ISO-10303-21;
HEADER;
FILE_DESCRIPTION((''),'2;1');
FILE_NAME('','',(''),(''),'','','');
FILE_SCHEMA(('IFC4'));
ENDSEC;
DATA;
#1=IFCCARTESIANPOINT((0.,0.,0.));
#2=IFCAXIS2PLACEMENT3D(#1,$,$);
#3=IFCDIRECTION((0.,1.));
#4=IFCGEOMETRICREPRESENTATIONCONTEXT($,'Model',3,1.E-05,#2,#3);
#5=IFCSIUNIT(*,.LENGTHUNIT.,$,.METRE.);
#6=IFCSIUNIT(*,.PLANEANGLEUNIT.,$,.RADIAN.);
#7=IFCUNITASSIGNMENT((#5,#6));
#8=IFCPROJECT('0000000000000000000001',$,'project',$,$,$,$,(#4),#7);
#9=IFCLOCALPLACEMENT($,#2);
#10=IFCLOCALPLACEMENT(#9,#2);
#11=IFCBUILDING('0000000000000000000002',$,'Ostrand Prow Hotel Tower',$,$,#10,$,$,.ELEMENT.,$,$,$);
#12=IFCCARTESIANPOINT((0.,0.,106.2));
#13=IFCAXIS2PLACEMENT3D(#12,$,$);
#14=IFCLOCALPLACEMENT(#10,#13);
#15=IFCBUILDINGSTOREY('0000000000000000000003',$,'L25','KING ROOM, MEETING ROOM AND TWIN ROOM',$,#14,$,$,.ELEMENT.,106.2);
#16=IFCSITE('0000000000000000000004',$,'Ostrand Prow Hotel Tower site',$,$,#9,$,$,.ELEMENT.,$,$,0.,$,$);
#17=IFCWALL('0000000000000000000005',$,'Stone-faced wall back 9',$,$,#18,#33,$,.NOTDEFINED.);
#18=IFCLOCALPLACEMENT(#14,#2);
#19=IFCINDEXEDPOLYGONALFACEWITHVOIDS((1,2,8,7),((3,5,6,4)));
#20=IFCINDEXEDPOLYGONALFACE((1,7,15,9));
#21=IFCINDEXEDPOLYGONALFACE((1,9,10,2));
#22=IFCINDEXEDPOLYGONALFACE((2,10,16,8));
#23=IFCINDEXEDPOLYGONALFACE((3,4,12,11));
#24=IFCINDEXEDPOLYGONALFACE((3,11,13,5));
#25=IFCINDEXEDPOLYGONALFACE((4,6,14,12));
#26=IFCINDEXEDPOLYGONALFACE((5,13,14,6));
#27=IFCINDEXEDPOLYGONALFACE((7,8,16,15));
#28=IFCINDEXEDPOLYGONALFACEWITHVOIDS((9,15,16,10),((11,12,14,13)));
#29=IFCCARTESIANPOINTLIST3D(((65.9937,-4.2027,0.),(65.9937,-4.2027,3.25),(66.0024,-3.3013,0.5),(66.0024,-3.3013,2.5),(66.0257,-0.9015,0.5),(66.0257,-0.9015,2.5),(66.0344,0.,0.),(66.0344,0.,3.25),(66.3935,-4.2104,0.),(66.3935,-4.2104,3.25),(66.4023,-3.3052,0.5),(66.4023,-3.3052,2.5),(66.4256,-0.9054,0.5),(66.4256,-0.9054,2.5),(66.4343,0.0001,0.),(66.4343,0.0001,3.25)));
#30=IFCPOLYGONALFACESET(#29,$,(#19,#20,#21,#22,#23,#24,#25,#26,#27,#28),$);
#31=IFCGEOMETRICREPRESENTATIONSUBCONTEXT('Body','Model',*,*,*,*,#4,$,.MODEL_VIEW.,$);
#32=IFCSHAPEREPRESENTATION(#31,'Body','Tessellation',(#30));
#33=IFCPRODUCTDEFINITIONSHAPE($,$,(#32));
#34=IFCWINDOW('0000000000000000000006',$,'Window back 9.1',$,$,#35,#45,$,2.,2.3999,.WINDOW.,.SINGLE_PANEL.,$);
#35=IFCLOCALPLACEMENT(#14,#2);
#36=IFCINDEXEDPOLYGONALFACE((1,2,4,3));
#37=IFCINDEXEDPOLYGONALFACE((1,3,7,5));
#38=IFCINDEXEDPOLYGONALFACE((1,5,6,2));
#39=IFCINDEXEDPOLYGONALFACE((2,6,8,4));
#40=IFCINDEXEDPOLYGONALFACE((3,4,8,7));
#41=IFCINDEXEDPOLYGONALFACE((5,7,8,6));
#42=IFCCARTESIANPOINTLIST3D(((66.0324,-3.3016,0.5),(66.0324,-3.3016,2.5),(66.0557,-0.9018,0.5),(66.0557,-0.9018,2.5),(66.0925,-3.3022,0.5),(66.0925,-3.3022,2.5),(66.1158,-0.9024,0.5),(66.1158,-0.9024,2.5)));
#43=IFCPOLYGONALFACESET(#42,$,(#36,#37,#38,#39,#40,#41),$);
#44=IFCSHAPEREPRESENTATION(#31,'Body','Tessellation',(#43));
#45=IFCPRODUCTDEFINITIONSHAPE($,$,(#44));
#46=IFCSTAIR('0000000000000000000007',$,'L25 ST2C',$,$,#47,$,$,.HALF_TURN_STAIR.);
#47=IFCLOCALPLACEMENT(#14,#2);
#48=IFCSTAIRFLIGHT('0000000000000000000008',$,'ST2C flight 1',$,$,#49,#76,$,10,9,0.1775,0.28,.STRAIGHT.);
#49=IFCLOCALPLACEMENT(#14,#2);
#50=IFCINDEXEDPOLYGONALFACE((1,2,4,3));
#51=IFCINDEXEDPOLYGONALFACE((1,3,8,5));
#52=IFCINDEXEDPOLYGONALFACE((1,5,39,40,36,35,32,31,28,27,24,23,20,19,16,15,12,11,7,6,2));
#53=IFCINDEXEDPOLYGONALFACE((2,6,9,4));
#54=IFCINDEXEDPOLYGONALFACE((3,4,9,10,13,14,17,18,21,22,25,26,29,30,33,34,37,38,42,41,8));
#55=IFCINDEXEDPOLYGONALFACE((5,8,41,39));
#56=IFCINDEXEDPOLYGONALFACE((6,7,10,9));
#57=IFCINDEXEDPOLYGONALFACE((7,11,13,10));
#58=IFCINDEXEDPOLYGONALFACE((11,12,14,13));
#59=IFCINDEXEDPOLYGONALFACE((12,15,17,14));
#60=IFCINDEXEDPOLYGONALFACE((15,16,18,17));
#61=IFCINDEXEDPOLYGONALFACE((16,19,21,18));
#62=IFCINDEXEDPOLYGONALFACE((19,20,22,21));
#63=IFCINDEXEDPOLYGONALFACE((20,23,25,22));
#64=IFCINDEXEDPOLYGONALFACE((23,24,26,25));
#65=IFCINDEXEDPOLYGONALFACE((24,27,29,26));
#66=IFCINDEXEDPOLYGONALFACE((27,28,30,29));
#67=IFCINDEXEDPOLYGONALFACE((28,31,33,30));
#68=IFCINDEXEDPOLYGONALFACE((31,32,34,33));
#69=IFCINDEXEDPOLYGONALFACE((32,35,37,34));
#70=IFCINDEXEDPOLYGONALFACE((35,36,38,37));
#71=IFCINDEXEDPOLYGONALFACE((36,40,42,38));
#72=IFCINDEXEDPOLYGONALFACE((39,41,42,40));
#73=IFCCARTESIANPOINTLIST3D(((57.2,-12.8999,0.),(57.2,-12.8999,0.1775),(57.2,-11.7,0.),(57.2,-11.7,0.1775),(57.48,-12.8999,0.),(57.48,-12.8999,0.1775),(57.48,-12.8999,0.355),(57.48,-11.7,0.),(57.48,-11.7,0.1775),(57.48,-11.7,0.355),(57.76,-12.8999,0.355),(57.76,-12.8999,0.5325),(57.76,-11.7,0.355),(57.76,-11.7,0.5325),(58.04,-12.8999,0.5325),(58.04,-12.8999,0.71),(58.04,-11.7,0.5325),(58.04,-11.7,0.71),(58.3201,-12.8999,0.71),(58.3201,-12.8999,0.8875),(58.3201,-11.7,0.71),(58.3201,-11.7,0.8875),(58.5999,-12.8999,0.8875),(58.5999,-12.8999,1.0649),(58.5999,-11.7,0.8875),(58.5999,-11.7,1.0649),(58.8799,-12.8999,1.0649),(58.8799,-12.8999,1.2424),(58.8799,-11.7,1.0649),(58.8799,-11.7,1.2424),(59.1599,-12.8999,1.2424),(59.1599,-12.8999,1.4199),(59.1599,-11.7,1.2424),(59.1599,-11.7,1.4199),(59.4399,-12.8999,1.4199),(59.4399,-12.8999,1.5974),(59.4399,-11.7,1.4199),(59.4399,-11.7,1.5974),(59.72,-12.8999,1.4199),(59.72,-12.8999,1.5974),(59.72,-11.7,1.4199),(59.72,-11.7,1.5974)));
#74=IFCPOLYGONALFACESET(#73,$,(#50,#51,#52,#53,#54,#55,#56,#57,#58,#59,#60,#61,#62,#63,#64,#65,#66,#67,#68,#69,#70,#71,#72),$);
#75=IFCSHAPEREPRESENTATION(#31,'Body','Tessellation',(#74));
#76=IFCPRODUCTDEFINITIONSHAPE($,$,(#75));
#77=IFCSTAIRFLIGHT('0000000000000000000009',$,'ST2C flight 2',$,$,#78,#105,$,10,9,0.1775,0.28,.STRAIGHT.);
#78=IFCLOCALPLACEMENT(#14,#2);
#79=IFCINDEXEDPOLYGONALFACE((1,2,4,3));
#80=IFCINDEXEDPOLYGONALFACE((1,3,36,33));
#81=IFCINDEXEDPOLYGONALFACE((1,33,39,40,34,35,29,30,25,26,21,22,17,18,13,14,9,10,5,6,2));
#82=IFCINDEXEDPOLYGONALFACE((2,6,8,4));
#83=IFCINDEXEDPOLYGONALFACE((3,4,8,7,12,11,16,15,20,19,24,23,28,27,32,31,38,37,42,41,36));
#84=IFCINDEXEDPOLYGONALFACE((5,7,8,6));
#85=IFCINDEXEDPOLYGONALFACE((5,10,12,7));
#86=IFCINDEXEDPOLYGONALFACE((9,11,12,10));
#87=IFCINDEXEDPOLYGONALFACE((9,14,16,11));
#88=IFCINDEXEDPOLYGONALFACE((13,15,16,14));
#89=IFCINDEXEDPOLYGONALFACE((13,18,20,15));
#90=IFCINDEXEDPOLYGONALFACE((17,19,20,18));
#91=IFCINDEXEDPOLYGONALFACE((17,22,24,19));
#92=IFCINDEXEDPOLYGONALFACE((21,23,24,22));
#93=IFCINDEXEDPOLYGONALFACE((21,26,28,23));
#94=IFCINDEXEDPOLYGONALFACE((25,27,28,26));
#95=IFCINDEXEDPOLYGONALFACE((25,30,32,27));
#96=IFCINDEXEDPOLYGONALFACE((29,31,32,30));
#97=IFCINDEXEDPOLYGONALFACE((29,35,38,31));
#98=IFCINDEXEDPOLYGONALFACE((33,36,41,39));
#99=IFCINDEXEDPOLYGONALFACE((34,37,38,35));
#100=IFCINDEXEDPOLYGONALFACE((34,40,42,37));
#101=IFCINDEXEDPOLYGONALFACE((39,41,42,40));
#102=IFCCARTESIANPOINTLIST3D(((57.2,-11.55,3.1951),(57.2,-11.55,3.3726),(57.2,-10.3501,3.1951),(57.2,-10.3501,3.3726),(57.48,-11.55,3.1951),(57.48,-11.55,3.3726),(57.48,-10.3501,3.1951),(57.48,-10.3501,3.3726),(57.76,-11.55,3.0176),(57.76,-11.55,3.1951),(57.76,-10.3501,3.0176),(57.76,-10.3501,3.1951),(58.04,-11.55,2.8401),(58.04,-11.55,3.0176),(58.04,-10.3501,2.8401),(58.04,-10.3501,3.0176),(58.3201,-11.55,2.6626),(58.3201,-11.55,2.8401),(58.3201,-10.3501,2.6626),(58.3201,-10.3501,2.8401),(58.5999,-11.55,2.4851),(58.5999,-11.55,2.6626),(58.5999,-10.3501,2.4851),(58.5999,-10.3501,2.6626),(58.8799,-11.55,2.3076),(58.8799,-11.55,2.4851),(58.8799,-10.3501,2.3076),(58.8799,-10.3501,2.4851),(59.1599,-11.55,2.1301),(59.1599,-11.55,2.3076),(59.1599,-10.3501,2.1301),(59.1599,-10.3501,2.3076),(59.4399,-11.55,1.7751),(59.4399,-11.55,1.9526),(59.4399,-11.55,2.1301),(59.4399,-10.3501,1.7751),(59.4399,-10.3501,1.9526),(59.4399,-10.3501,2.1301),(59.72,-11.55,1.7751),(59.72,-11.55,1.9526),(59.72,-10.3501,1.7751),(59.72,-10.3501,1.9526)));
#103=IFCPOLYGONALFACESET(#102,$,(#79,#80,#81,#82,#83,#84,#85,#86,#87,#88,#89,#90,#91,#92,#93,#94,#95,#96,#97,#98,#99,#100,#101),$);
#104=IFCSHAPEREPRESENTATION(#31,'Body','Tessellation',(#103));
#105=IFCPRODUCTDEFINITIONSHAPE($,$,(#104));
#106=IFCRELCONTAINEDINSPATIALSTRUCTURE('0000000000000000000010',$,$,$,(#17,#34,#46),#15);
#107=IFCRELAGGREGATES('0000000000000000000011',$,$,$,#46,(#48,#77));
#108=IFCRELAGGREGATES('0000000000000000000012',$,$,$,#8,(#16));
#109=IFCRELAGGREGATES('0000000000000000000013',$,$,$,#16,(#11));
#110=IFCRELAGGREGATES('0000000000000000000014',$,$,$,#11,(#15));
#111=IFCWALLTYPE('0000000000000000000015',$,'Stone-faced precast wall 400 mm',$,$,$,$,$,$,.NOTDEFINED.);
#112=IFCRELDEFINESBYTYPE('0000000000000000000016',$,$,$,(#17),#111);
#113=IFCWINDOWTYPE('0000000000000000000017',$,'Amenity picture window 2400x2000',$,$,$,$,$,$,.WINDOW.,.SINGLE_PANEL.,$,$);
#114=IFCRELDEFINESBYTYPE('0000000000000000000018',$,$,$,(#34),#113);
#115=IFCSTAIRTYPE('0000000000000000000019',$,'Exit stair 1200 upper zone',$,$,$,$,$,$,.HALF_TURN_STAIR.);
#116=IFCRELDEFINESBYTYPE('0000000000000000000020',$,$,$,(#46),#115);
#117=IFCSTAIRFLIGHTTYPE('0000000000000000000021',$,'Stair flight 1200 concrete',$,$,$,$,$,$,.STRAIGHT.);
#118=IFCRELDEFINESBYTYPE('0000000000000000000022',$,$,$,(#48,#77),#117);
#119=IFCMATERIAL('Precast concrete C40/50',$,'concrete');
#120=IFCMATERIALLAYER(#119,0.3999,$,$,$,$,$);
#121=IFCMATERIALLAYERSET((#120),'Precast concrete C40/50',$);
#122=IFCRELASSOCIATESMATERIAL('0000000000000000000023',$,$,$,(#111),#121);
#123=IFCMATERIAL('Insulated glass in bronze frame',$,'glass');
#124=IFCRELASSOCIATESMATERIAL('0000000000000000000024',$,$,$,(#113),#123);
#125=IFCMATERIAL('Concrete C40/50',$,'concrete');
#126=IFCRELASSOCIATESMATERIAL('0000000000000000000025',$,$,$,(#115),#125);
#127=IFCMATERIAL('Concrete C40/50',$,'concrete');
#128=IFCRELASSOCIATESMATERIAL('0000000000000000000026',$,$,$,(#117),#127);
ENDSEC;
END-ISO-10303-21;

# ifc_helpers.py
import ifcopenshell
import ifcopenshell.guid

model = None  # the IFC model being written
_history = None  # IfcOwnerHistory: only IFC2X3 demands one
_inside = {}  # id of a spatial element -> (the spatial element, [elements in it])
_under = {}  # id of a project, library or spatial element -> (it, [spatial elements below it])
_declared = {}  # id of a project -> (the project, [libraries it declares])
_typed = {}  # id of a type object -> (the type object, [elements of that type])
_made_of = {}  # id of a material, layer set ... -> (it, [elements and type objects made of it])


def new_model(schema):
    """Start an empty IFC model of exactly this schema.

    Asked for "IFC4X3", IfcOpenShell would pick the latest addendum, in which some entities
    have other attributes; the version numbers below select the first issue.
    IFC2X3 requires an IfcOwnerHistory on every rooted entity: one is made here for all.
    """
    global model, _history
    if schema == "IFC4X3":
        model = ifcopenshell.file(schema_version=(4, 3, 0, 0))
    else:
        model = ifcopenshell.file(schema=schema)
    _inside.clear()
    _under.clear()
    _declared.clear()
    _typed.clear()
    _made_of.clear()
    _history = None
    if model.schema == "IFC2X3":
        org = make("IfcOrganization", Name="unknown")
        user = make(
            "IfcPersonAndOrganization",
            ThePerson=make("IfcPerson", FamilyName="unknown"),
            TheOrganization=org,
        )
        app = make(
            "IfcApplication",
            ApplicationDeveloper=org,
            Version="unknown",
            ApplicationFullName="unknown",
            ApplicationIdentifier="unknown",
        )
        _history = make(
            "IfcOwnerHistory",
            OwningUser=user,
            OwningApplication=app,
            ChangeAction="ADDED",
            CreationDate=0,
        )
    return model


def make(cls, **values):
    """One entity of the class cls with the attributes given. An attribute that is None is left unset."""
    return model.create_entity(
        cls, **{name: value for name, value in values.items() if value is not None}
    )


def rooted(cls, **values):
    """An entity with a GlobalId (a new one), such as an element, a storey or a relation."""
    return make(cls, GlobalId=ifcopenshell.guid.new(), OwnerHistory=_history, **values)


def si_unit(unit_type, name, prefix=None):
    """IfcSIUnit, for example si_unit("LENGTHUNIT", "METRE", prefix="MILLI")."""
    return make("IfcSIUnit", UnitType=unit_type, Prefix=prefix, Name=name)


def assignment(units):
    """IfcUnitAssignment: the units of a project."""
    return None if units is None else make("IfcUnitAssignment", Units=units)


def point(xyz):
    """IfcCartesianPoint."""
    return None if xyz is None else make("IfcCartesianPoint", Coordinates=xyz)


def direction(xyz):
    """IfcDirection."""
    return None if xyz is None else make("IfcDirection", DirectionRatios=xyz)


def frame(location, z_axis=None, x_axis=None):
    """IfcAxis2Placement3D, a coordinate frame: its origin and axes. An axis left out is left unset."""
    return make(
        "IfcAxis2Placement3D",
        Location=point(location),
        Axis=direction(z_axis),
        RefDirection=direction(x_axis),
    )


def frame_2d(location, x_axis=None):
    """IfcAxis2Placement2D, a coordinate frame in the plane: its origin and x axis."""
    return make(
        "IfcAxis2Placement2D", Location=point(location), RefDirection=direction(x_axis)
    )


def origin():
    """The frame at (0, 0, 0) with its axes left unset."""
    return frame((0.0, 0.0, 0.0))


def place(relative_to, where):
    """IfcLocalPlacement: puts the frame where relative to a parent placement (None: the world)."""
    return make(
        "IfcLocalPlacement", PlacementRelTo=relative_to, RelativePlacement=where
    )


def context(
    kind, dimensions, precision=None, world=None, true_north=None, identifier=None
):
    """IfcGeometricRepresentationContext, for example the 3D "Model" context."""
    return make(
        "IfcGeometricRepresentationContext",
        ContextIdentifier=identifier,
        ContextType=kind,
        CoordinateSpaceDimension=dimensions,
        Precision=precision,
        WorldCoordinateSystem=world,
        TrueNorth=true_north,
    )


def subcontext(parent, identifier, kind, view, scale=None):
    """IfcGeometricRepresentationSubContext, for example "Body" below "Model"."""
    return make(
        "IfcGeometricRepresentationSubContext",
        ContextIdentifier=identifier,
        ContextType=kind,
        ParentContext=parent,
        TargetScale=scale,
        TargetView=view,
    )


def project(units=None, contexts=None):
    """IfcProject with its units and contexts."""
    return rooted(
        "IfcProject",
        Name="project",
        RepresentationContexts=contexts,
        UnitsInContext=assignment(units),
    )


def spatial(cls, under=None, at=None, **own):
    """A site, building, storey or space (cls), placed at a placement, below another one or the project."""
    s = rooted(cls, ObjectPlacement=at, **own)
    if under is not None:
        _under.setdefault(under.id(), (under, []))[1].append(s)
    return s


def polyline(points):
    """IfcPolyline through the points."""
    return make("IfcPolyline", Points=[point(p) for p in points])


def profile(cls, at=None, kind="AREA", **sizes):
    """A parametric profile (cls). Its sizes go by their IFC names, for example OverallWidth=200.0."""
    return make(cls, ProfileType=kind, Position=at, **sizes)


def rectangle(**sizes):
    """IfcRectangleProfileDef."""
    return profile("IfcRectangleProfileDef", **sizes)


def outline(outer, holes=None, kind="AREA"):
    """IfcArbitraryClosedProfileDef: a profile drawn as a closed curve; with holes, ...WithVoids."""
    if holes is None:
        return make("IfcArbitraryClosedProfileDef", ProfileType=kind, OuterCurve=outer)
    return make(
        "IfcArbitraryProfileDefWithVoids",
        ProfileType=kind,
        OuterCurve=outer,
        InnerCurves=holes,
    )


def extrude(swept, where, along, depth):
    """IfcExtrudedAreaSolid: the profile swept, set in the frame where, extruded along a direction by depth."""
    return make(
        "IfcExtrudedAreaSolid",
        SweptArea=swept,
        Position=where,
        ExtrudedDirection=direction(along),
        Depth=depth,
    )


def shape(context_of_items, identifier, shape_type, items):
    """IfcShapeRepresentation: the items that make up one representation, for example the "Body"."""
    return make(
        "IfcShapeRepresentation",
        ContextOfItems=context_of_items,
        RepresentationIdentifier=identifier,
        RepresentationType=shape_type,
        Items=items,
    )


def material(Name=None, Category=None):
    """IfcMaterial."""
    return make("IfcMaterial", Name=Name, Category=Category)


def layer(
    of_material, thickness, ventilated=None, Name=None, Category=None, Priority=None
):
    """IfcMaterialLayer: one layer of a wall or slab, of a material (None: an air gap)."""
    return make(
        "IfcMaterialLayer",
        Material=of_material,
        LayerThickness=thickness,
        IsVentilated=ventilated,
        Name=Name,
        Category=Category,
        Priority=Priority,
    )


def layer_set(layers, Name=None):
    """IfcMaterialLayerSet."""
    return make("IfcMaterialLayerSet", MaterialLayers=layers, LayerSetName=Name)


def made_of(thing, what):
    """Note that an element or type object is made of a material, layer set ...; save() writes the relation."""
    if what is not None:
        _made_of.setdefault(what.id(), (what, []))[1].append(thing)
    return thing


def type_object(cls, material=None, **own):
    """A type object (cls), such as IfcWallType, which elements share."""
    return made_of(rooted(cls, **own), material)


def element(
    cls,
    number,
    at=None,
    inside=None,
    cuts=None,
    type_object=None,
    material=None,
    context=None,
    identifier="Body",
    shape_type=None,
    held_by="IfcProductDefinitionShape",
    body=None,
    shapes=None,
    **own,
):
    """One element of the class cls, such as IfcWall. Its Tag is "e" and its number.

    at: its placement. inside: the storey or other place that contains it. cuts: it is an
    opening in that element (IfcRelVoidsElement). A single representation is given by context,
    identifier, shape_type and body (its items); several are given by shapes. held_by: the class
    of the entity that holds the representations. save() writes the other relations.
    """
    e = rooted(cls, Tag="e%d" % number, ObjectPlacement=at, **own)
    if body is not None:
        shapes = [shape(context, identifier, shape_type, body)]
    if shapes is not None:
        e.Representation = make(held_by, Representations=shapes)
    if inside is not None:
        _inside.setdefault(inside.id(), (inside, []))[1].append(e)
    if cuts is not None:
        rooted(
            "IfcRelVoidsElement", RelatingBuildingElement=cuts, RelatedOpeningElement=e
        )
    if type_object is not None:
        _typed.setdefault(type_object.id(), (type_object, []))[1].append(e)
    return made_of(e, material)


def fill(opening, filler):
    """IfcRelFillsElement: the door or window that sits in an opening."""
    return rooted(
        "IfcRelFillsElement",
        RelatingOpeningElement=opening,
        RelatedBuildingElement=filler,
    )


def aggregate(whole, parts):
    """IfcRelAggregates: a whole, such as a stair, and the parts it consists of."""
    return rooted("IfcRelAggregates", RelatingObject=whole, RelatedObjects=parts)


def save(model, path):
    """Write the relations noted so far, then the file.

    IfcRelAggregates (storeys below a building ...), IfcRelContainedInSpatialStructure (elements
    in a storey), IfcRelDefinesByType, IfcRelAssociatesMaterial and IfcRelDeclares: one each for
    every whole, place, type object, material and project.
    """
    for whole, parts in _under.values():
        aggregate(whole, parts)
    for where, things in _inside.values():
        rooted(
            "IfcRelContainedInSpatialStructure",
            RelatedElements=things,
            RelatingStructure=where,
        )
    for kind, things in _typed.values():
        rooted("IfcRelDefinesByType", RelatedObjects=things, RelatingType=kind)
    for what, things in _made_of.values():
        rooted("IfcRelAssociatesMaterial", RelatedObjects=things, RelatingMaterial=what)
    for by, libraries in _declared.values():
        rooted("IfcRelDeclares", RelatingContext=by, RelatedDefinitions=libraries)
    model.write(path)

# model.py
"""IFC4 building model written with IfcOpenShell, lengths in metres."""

from ifc_helpers import new_model, si_unit, direction, frame, frame_2d, origin, place, context, subcontext, project, spatial, polyline, rectangle, outline, extrude, material, layer, layer_set, type_object, element, fill, aggregate, save


model = new_model("IFC4")

# Units and contexts
model_context = context("Model", 3, precision=1e-05, world=origin(), true_north=direction((0.0, 1.0)))
body_context = subcontext(model_context, "Body", "Model", "MODEL_VIEW")
ifc_project = project(units=[si_unit("LENGTHUNIT", "METRE"), si_unit("PLANEANGLEUNIT", "RADIAN")], contexts=[model_context])

# Site, building, storey
site_placement = place(None, origin())
site = spatial("IfcSite", under=ifc_project, at=site_placement, Name="Ostrand Prow Hotel Tower site", CompositionType="ELEMENT", RefElevation=0.0)
building_placement = place(site_placement, origin())
building = spatial("IfcBuilding", under=site, at=building_placement, Name="Ostrand Prow Hotel Tower", CompositionType="ELEMENT")
storey_placement = place(building_placement, frame((0.0, 0.0, 106.2)))
storey = spatial("IfcBuildingStorey", under=building, at=storey_placement, Name="L25", Description="KING ROOM, MEETING ROOM AND TWIN ROOM", CompositionType="ELEMENT", Elevation=106.2)

# Shared definitions
ifc_material_1 = material(Name="Precast concrete C40/50", Category="concrete")
ifc_layer_1 = layer(ifc_material_1, 0.3999)
ifc_layer_set_1 = layer_set([ifc_layer_1], Name="Precast concrete C40/50")
wall_type_1 = type_object("IfcWallType", Name="Stone-faced precast wall 400 mm", PredefinedType="NOTDEFINED", material=ifc_layer_set_1)
ifc_material_2 = material(Name="Insulated glass in bronze frame", Category="glass")
window_type = type_object("IfcWindowType", Name="Amenity picture window 2400x2000", PartitioningType="SINGLE_PANEL", PredefinedType="WINDOW", material=ifc_material_2)

# Wall, opening, window
wall_1_placement = place(storey_placement, frame((66.1936, -4.2065, 0.0), z_axis=(0.0, 0.0, 1.0), x_axis=(0.009692, 0.999953, 0.0)))
wall_1 = element("IfcWall", 1, at=wall_1_placement, inside=storey, type_object=wall_type_1, Name="Stone-faced wall back 9", PredefinedType="NOTDEFINED", context=body_context, shape_type="SweptSolid", body=[
    extrude(outline(polyline([(-0.002, -0.2), (4.2087, -0.2), (4.2048, 0.2), (0.002, 0.2), (-0.002, -0.2)])), origin(), (0.0, 0.0, 1.0), 3.25),
])
opening_1_placement = place(wall_1_placement, frame((0.9033, 0.0, 0.5)))
opening_1 = element("IfcOpeningElement", 2, at=opening_1_placement, cuts=wall_1, PredefinedType="OPENING", context=body_context, shape_type="SweptSolid", body=[
    extrude(rectangle(XDim=2.3999, YDim=2.0, at=frame_2d((1.2, 1.0))), frame((0.0, 0.21, 0.0), z_axis=(0.0, -1.0, 0.0), x_axis=(1.0, 0.0, 0.0)), (0.0, 0.0, 1.0), 0.4199),
])
window_1_placement = place(opening_1_placement, origin())
window_1 = element("IfcWindow", 3, at=window_1_placement, inside=storey, type_object=window_type, Name="Window back 9.1", OverallHeight=2.0, OverallWidth=2.3999, PartitioningType="SINGLE_PANEL", PredefinedType="WINDOW", context=body_context, shape_type="SweptSolid", body=[
    extrude(rectangle(XDim=2.3999, YDim=2.0, at=frame_2d((1.2, 1.0))), frame((0.0, 0.1699, 0.0), z_axis=(0.0, -1.0, 0.0), x_axis=(1.0, 0.0, 0.0)), (0.0, 0.0, 1.0), 0.0601),
])
fill(opening_1, window_1)

# Stair, stair flights
ifc_material_3 = material(Name="Concrete C40/50", Category="concrete")
stair_type = type_object("IfcStairType", Name="Exit stair 1200 upper zone", PredefinedType="HALF_TURN_STAIR", material=ifc_material_3)
stair_placement = place(storey_placement, origin())
stair = element("IfcStair", 4, at=stair_placement, inside=storey, type_object=stair_type, Name="L25 ST2C", PredefinedType="HALF_TURN_STAIR")
ifc_material_4 = material(Name="Concrete C40/50", Category="concrete")
stair_flight_type = type_object("IfcStairFlightType", Name="Stair flight 1200 concrete", PredefinedType="STRAIGHT", material=ifc_material_4)
stair_flight_1_placement = place(storey_placement, frame((57.2, -12.3, 0.0), z_axis=(0.0, 0.0, 1.0), x_axis=(1.0, 0.0, 0.0)))
stair_flight_1 = element("IfcStairFlight", 5, at=stair_flight_1_placement, type_object=stair_flight_type, Name="ST2C flight 1", NumberOfRisers=10, NumberOfTreads=9, PredefinedType="STRAIGHT", RiserHeight=0.1775, TreadLength=0.28, context=body_context, shape_type="SweptSolid", body=[
    extrude(outline(polyline([(0.0, 0.0), (0.0, 0.1775), (0.28, 0.1775), (0.28, 0.355), (0.5601, 0.355), (0.5601, 0.5325), (0.8401, 0.5325), (0.8401, 0.71), (1.1201, 0.71), (1.1201, 0.8875), (1.3999, 0.8875), (1.3999, 1.0649), (1.6799, 1.0649), (1.6799, 1.2424), (1.96, 1.2424), (1.96, 1.4199), (2.24, 1.4199), (2.24, 1.5974), (2.52, 1.5974), (2.52, 1.7749), (2.52, 1.4199), (0.28, 0.0), (0.0, 0.0)])), frame((0.0, 0.6001, 0.0), z_axis=(0.0, -1.0, 0.0), x_axis=(1.0, 0.0, 0.0)), (0.0, 0.0, 1.0), 1.2),
])
stair_flight_2_placement = place(storey_placement, frame((59.72, -10.95, 1.7751), z_axis=(0.0, 0.0, 1.0), x_axis=(-1.0, 0.0, 0.0)))
stair_flight_2 = element("IfcStairFlight", 6, at=stair_flight_2_placement, type_object=stair_flight_type, Name="ST2C flight 2", NumberOfRisers=10, NumberOfTreads=9, PredefinedType="STRAIGHT", RiserHeight=0.1775, TreadLength=0.28, context=body_context, shape_type="SweptSolid", body=[
    extrude(outline(polyline([(0.0, 0.0), (0.0, 0.1775), (0.28, 0.1775), (0.28, 0.355), (0.5601, 0.355), (0.5601, 0.5325), (0.8401, 0.5325), (0.8401, 0.71), (1.1201, 0.71), (1.1201, 0.8875), (1.3999, 0.8875), (1.3999, 1.0649), (1.6799, 1.0649), (1.6799, 1.2424), (1.96, 1.2424), (1.96, 1.4199), (2.24, 1.4199), (2.24, 1.5974), (2.52, 1.5974), (2.52, 1.7749), (2.52, 1.4199), (0.28, 0.0), (0.0, 0.0)])), frame((0.0, 0.6001, 0.0), z_axis=(0.0, -1.0, 0.0), x_axis=(1.0, 0.0, 0.0)), (0.0, 0.0, 1.0), 1.2),
])
aggregate(stair, [stair_flight_1, stair_flight_2])

save(model, "model.ifc")
